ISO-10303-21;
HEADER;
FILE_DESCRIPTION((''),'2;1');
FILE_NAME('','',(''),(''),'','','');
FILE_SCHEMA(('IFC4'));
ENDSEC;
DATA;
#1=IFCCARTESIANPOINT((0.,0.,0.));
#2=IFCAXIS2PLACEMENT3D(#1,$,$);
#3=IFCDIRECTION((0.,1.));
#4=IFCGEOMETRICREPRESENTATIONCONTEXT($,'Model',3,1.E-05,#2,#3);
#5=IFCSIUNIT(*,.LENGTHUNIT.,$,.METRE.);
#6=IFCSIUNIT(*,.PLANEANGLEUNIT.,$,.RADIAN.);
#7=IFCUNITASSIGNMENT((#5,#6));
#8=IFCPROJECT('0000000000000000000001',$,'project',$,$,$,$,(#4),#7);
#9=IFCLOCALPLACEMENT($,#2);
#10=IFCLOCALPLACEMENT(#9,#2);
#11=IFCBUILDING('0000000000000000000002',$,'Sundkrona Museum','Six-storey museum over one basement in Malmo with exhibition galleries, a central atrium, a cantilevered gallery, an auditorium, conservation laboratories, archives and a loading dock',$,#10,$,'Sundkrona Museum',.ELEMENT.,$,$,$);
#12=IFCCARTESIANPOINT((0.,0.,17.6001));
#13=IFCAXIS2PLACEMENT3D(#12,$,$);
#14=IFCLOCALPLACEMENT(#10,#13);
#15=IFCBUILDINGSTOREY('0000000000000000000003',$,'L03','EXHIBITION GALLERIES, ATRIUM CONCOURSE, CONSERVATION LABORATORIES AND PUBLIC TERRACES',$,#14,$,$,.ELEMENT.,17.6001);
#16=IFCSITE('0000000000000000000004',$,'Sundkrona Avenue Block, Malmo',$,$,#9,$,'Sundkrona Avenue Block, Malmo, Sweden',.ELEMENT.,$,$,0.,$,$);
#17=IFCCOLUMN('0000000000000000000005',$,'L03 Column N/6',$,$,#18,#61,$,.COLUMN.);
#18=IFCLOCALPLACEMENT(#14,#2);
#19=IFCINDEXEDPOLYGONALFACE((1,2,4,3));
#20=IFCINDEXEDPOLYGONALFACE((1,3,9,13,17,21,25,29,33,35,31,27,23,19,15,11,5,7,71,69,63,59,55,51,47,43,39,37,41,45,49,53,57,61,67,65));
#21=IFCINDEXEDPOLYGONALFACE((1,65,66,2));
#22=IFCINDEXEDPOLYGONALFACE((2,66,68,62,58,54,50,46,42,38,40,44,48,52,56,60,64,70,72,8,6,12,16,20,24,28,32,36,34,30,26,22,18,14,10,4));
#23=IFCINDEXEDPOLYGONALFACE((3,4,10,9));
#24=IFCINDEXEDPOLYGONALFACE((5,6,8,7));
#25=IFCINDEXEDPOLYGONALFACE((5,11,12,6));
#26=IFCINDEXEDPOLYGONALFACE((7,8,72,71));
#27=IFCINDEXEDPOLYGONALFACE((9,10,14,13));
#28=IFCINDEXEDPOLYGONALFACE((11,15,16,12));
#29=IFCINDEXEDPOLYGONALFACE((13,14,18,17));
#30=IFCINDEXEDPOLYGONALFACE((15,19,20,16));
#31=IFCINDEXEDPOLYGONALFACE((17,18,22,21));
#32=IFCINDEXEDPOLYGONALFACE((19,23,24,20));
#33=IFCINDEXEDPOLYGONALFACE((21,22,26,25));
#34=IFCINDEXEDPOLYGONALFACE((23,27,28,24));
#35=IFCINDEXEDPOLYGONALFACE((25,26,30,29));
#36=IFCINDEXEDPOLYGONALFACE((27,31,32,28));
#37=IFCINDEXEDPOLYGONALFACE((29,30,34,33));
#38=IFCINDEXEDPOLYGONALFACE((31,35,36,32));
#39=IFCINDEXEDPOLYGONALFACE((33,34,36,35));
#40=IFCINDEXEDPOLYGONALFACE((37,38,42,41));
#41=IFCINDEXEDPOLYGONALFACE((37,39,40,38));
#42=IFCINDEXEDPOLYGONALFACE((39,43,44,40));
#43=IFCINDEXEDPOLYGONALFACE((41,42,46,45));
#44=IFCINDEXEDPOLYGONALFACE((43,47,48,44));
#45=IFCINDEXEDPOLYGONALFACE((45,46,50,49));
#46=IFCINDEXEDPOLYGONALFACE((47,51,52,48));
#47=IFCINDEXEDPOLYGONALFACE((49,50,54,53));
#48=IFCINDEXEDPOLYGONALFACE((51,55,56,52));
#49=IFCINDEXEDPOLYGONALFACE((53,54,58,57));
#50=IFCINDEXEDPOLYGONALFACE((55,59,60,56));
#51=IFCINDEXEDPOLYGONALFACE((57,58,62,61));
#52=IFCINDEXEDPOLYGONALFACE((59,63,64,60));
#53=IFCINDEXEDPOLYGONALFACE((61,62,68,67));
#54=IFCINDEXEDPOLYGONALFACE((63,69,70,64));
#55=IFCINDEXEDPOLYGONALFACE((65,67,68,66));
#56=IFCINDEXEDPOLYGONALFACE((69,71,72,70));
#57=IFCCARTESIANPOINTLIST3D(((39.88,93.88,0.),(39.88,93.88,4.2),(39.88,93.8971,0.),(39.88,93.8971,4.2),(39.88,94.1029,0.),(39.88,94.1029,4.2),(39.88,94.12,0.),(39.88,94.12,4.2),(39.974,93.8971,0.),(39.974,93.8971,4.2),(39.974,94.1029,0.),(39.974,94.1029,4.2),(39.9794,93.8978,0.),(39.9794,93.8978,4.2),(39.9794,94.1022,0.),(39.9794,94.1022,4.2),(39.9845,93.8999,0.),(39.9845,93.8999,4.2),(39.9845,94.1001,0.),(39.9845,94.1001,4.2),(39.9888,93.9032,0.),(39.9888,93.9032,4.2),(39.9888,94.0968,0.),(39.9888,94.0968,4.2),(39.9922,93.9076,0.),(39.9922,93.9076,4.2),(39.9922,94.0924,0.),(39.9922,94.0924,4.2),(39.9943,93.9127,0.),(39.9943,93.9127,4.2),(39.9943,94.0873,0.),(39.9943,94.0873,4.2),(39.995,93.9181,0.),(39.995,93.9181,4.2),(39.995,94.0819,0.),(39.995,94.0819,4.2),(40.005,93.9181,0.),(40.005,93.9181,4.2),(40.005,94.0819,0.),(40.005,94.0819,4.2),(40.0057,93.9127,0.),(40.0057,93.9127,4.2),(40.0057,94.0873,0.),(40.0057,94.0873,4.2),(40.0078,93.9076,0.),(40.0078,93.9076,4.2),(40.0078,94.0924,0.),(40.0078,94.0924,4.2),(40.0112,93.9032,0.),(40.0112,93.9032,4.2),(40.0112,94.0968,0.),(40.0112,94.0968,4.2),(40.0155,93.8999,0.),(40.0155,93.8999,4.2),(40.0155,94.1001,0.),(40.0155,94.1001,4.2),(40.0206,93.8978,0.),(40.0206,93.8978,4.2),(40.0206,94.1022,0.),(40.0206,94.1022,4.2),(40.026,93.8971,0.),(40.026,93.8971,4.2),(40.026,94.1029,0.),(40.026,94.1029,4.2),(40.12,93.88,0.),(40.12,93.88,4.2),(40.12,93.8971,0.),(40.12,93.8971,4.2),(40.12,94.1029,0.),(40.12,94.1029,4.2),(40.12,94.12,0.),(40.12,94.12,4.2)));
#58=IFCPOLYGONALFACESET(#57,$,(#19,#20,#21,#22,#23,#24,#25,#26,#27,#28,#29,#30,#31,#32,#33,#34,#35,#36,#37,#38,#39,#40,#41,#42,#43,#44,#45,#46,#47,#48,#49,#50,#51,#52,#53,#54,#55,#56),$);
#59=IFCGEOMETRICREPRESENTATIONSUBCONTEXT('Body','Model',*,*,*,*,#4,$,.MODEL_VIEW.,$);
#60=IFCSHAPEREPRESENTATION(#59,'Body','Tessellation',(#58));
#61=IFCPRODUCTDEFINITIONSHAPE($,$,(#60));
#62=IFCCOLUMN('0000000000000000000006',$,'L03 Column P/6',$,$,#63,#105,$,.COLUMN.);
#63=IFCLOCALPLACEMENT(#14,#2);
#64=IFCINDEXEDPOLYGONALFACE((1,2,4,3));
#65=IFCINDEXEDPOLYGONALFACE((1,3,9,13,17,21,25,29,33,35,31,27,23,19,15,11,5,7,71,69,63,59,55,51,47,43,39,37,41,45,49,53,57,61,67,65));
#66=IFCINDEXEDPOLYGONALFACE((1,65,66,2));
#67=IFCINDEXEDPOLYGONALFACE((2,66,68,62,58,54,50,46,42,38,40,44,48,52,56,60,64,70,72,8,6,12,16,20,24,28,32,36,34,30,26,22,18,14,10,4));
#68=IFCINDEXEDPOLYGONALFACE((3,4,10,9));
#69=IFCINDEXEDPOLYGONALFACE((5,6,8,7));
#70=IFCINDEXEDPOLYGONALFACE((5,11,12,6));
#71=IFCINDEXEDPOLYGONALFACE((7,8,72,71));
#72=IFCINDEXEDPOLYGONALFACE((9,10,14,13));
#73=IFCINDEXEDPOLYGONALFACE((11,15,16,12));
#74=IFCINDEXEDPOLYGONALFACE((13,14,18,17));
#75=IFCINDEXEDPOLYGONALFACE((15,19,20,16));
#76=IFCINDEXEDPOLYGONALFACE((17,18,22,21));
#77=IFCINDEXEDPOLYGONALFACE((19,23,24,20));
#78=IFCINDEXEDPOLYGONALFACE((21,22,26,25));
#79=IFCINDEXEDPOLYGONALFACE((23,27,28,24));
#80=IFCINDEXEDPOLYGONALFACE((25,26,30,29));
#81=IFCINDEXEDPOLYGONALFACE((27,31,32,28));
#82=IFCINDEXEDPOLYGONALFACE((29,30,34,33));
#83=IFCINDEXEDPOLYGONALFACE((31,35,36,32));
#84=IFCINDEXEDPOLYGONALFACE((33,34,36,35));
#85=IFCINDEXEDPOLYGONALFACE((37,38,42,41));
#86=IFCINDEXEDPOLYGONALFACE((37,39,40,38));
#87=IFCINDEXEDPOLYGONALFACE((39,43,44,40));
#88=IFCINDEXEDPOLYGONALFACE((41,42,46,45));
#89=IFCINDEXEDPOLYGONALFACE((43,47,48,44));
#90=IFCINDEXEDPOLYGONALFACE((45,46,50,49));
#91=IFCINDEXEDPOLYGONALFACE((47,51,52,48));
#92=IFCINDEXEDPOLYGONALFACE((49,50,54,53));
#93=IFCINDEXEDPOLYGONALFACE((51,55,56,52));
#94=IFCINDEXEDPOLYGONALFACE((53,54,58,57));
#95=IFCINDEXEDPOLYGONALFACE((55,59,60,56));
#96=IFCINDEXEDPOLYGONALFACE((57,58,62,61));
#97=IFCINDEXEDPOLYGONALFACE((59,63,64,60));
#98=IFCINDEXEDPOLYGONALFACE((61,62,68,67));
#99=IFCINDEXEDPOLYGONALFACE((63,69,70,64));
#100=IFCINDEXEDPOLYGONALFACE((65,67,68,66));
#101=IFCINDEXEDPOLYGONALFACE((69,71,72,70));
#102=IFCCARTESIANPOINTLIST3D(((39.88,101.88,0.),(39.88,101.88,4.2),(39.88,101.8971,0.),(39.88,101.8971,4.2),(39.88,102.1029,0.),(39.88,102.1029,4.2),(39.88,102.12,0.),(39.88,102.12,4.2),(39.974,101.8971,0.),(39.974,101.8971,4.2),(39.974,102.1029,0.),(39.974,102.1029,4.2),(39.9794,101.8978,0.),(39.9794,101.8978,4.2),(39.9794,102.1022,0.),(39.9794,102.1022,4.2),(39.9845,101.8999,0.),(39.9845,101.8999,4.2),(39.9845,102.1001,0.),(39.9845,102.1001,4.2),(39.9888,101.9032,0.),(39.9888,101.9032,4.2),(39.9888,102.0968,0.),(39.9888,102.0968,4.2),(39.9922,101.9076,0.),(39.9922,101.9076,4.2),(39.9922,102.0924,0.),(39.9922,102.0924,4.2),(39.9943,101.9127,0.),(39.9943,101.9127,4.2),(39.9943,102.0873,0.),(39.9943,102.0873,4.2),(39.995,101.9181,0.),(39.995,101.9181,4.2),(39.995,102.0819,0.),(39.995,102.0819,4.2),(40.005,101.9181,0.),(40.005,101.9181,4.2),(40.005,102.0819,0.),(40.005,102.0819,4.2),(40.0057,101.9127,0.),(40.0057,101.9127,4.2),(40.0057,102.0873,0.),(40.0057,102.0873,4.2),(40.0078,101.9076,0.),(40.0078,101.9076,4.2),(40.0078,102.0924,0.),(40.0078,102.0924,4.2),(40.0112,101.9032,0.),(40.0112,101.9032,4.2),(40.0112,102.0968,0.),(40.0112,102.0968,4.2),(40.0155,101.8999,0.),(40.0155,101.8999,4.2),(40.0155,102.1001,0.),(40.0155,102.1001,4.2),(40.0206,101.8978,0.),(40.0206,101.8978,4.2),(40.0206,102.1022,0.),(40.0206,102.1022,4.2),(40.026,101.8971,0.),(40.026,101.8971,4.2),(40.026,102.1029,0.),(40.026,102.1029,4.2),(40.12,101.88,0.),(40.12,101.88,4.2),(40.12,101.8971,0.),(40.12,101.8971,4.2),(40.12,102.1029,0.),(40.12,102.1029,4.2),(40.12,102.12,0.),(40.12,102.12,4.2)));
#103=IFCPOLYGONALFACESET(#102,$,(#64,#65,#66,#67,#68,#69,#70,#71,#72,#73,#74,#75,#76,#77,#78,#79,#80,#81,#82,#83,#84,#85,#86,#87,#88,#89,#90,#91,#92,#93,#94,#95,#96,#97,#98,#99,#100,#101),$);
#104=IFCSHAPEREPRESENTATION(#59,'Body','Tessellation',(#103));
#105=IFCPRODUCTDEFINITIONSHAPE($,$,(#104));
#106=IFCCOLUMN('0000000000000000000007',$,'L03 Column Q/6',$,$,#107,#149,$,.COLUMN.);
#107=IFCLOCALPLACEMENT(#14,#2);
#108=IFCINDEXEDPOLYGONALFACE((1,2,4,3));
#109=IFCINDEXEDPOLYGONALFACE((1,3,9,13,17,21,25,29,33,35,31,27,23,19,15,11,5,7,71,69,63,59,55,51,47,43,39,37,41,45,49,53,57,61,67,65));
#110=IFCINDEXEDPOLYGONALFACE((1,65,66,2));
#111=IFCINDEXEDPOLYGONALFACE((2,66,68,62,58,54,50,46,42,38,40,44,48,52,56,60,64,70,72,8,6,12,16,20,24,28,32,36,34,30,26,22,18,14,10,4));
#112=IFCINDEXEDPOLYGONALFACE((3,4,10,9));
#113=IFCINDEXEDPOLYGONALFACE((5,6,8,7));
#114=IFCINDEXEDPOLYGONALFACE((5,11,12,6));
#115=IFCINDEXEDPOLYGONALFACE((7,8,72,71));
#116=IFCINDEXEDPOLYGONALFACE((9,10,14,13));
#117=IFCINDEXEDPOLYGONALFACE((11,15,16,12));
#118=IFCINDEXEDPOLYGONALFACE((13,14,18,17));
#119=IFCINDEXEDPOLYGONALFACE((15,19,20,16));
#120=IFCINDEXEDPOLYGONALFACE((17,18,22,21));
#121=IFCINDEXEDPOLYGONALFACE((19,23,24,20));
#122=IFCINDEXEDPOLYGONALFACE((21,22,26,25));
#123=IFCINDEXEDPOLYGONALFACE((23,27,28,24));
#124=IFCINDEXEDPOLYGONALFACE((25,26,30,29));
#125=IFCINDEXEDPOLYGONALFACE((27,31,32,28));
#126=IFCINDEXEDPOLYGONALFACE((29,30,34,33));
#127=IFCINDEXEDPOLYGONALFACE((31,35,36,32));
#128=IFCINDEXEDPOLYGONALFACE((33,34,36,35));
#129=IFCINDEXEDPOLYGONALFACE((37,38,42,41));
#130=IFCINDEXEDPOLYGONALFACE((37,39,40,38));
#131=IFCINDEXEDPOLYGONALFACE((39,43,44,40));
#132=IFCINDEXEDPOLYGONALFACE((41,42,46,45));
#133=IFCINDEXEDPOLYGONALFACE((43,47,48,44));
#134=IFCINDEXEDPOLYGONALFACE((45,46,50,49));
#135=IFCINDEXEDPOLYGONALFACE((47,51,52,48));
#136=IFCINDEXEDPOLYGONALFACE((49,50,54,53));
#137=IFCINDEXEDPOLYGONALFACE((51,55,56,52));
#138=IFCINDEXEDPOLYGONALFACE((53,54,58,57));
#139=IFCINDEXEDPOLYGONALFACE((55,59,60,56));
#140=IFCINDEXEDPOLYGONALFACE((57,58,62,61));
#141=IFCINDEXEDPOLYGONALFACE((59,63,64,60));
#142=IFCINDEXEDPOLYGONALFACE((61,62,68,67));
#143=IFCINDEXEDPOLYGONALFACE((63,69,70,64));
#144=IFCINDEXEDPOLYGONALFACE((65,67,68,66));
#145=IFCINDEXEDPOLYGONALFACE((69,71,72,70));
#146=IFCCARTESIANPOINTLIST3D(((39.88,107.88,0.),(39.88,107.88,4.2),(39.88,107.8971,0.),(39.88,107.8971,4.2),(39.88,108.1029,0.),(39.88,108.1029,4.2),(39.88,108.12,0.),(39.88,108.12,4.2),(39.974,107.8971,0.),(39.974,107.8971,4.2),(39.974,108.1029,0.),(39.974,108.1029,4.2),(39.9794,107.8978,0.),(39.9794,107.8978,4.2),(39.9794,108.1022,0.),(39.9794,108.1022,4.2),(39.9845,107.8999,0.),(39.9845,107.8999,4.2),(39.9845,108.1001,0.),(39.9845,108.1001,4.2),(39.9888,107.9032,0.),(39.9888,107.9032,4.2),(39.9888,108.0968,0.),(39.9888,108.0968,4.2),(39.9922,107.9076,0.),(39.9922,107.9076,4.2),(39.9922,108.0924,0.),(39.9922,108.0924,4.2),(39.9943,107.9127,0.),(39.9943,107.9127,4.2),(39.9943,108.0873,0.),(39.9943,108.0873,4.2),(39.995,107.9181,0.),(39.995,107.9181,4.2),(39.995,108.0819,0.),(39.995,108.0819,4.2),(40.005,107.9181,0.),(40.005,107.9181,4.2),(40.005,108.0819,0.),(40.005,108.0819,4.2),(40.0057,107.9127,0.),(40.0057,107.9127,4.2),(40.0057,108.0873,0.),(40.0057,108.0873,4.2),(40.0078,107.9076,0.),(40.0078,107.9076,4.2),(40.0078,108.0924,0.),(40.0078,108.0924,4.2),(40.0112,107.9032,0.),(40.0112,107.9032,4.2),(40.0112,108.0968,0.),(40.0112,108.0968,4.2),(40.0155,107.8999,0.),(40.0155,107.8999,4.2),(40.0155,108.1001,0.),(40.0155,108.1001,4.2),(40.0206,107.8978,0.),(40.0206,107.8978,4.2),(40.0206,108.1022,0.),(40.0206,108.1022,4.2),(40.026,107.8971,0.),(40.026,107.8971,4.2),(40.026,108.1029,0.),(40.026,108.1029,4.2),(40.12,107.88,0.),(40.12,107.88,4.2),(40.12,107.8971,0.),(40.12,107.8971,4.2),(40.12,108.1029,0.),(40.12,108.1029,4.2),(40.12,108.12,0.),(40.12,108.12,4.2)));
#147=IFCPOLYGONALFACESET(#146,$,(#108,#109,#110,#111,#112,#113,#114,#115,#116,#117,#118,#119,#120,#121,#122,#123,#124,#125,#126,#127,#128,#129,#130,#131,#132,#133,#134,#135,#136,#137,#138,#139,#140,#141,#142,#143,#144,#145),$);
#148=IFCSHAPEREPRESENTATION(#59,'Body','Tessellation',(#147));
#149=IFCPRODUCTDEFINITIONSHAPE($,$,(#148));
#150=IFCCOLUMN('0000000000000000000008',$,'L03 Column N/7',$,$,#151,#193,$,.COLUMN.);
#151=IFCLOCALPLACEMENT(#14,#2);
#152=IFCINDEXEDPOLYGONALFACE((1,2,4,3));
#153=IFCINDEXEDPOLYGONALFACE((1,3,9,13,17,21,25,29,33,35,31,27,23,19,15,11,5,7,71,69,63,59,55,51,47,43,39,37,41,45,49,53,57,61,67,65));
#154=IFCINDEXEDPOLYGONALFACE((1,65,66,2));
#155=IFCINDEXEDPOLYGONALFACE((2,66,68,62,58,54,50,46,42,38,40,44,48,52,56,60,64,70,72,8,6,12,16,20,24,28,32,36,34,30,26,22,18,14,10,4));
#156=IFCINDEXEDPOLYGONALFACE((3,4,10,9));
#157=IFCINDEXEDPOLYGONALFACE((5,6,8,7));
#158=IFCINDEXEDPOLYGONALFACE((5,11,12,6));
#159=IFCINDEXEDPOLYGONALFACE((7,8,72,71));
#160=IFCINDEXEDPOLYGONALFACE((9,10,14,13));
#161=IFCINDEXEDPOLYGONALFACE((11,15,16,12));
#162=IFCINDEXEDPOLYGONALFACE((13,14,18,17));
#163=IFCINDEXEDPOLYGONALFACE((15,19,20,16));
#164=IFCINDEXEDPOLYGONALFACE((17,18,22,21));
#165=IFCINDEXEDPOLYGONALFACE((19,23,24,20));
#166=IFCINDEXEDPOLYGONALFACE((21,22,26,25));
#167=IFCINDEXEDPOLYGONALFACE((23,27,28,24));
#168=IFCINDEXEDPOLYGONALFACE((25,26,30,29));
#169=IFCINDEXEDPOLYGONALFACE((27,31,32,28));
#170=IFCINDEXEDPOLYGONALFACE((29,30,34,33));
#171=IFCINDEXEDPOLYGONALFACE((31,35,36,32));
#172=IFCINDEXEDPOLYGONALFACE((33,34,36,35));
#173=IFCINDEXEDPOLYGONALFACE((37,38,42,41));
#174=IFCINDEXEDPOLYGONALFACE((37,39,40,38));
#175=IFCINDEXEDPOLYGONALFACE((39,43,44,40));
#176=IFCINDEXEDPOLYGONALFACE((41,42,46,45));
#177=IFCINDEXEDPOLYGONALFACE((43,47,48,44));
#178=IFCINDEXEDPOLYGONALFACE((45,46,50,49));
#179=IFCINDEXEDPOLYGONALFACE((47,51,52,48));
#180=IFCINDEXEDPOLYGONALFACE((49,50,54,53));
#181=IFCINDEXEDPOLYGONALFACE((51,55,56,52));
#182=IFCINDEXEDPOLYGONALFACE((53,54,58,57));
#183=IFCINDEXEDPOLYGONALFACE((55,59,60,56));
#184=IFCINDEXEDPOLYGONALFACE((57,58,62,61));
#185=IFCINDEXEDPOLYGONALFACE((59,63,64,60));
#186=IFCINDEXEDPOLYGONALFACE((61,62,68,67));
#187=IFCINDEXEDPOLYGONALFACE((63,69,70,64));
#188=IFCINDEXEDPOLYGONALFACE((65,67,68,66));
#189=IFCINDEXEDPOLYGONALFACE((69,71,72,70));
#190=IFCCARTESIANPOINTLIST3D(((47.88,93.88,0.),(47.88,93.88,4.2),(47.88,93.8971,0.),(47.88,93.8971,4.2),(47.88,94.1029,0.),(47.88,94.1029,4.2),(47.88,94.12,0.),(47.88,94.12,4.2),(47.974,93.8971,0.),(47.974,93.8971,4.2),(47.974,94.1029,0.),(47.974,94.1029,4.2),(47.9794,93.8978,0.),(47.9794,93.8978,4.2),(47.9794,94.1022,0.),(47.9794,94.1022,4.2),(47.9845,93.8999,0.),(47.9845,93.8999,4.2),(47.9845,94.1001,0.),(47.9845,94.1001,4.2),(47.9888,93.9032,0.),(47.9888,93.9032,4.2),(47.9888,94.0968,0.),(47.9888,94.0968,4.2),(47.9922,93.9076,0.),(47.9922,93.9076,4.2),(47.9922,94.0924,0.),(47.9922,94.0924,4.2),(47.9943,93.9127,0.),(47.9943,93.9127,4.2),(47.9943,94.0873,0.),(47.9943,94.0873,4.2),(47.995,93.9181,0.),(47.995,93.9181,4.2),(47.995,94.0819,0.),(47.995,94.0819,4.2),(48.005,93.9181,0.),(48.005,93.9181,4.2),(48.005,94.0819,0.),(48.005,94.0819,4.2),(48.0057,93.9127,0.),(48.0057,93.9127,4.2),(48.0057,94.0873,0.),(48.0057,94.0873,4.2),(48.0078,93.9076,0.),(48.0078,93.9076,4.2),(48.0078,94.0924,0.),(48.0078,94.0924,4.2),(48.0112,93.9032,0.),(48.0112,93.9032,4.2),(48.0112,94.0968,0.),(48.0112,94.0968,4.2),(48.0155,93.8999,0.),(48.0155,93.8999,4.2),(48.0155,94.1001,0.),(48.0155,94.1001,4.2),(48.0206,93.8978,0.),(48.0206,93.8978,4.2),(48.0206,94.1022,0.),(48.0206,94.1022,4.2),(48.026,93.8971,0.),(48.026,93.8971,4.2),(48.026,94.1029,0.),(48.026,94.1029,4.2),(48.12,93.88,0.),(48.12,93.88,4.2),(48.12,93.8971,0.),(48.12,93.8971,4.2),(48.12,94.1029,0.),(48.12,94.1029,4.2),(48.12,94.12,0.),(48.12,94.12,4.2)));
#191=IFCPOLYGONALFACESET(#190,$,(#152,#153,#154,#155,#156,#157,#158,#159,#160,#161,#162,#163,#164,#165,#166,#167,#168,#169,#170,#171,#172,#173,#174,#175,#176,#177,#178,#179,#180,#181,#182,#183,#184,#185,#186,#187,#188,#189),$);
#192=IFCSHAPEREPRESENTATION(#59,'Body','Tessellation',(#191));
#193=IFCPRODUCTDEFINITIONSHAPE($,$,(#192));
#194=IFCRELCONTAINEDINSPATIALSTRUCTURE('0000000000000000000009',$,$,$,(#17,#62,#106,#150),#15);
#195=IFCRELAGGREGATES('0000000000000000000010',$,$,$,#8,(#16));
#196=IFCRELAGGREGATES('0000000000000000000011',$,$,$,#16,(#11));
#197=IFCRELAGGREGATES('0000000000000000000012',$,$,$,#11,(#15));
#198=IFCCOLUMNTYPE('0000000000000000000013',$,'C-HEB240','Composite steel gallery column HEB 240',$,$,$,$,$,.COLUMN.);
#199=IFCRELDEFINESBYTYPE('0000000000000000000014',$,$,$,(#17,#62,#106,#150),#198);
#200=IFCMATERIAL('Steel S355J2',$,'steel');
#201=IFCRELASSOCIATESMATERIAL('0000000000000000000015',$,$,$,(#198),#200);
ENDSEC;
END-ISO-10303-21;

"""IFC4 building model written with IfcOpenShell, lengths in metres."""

from ifc_helpers import new_model, si_unit, direction, frame, origin, origin_2d, place, context, subcontext, project, spatial, i_section, extrude, material, material_profile, profile_set, type_object, element, save


model = new_model("IFC4")

# Units and contexts
model_context = context("Model", 3, precision=1e-05, world=origin(), true_north=direction((0.0, 1.0)))
body_context = subcontext(model_context, "Body", "Model", "MODEL_VIEW")
ifc_project = project(units=[si_unit("LENGTHUNIT", "METRE"), si_unit("PLANEANGLEUNIT", "RADIAN")], contexts=[model_context])

# Site, building, storey
site_placement = place(None, origin())
site = spatial("IfcSite", under=ifc_project, at=site_placement, Name="Sundkrona Avenue Block, Malmo", LongName="Sundkrona Avenue Block, Malmo, Sweden", CompositionType="ELEMENT", RefElevation=0.0)
building_placement = place(site_placement, origin())
building = spatial("IfcBuilding", under=site, at=building_placement, Name="Sundkrona Museum", Description="Six-storey museum over one basement in Malmo with exhibition galleries, a central atrium, a cantilevered gallery, an auditorium, conservation laboratories, archives and a loading dock", LongName="Sundkrona Museum", CompositionType="ELEMENT")
storey_placement = place(building_placement, frame((0.0, 0.0, 17.6001)))
storey = spatial("IfcBuildingStorey", under=building, at=storey_placement, Name="L03", Description="EXHIBITION GALLERIES, ATRIUM CONCOURSE, CONSERVATION LABORATORIES AND PUBLIC TERRACES", CompositionType="ELEMENT", Elevation=17.6001)

# Columns
ifc_material_1 = material(Name="Steel S355J2", Category="steel")
ifc_material_profile_1 = material_profile(ifc_material_1, i_section(OverallWidth=0.24, OverallDepth=0.24, WebThickness=0.01, FlangeThickness=0.0171, FilletRadius=0.021, at=origin_2d()), Name="HEB 240")
ifc_profile_set_1 = profile_set([ifc_material_profile_1], Name="Steel S355J2")
column_type = type_object("IfcColumnType", Name="C-HEB240", Description="Composite steel gallery column HEB 240", PredefinedType="COLUMN", material=ifc_profile_set_1)
for number, where, z_axis, x_axis, name in (
    (1, (40.0, 94.0, 0.0), (0.0, 0.0, 1.0), (1.0, 0.0, 0.0), "L03 Column N/6"),
    (2, (40.0, 102.0, 0.0), (0.0, 0.0, 1.0), (1.0, 0.0, 0.0), "L03 Column P/6"),
    (3, (40.0, 108.0, 0.0), (0.0, 0.0, 1.0), (1.0, 0.0, 0.0), "L03 Column Q/6"),
    (4, (48.0, 94.0, 0.0), (0.0, 0.0, 1.0), (1.0, 0.0, 0.0), "L03 Column N/7"),
):
    element("IfcColumn", number, at=place(storey_placement, frame(where, z_axis=z_axis, x_axis=x_axis)), inside=storey, type_object=column_type, Name=name, PredefinedType="COLUMN", context=body_context, shape_type="SweptSolid", body=[
        extrude(i_section(OverallWidth=0.24, OverallDepth=0.24, WebThickness=0.01, FlangeThickness=0.0171, FilletRadius=0.021, at=origin_2d()), origin(), (0.0, 0.0, 1.0), 4.2),
    ])

save(model, "model.ifc")
